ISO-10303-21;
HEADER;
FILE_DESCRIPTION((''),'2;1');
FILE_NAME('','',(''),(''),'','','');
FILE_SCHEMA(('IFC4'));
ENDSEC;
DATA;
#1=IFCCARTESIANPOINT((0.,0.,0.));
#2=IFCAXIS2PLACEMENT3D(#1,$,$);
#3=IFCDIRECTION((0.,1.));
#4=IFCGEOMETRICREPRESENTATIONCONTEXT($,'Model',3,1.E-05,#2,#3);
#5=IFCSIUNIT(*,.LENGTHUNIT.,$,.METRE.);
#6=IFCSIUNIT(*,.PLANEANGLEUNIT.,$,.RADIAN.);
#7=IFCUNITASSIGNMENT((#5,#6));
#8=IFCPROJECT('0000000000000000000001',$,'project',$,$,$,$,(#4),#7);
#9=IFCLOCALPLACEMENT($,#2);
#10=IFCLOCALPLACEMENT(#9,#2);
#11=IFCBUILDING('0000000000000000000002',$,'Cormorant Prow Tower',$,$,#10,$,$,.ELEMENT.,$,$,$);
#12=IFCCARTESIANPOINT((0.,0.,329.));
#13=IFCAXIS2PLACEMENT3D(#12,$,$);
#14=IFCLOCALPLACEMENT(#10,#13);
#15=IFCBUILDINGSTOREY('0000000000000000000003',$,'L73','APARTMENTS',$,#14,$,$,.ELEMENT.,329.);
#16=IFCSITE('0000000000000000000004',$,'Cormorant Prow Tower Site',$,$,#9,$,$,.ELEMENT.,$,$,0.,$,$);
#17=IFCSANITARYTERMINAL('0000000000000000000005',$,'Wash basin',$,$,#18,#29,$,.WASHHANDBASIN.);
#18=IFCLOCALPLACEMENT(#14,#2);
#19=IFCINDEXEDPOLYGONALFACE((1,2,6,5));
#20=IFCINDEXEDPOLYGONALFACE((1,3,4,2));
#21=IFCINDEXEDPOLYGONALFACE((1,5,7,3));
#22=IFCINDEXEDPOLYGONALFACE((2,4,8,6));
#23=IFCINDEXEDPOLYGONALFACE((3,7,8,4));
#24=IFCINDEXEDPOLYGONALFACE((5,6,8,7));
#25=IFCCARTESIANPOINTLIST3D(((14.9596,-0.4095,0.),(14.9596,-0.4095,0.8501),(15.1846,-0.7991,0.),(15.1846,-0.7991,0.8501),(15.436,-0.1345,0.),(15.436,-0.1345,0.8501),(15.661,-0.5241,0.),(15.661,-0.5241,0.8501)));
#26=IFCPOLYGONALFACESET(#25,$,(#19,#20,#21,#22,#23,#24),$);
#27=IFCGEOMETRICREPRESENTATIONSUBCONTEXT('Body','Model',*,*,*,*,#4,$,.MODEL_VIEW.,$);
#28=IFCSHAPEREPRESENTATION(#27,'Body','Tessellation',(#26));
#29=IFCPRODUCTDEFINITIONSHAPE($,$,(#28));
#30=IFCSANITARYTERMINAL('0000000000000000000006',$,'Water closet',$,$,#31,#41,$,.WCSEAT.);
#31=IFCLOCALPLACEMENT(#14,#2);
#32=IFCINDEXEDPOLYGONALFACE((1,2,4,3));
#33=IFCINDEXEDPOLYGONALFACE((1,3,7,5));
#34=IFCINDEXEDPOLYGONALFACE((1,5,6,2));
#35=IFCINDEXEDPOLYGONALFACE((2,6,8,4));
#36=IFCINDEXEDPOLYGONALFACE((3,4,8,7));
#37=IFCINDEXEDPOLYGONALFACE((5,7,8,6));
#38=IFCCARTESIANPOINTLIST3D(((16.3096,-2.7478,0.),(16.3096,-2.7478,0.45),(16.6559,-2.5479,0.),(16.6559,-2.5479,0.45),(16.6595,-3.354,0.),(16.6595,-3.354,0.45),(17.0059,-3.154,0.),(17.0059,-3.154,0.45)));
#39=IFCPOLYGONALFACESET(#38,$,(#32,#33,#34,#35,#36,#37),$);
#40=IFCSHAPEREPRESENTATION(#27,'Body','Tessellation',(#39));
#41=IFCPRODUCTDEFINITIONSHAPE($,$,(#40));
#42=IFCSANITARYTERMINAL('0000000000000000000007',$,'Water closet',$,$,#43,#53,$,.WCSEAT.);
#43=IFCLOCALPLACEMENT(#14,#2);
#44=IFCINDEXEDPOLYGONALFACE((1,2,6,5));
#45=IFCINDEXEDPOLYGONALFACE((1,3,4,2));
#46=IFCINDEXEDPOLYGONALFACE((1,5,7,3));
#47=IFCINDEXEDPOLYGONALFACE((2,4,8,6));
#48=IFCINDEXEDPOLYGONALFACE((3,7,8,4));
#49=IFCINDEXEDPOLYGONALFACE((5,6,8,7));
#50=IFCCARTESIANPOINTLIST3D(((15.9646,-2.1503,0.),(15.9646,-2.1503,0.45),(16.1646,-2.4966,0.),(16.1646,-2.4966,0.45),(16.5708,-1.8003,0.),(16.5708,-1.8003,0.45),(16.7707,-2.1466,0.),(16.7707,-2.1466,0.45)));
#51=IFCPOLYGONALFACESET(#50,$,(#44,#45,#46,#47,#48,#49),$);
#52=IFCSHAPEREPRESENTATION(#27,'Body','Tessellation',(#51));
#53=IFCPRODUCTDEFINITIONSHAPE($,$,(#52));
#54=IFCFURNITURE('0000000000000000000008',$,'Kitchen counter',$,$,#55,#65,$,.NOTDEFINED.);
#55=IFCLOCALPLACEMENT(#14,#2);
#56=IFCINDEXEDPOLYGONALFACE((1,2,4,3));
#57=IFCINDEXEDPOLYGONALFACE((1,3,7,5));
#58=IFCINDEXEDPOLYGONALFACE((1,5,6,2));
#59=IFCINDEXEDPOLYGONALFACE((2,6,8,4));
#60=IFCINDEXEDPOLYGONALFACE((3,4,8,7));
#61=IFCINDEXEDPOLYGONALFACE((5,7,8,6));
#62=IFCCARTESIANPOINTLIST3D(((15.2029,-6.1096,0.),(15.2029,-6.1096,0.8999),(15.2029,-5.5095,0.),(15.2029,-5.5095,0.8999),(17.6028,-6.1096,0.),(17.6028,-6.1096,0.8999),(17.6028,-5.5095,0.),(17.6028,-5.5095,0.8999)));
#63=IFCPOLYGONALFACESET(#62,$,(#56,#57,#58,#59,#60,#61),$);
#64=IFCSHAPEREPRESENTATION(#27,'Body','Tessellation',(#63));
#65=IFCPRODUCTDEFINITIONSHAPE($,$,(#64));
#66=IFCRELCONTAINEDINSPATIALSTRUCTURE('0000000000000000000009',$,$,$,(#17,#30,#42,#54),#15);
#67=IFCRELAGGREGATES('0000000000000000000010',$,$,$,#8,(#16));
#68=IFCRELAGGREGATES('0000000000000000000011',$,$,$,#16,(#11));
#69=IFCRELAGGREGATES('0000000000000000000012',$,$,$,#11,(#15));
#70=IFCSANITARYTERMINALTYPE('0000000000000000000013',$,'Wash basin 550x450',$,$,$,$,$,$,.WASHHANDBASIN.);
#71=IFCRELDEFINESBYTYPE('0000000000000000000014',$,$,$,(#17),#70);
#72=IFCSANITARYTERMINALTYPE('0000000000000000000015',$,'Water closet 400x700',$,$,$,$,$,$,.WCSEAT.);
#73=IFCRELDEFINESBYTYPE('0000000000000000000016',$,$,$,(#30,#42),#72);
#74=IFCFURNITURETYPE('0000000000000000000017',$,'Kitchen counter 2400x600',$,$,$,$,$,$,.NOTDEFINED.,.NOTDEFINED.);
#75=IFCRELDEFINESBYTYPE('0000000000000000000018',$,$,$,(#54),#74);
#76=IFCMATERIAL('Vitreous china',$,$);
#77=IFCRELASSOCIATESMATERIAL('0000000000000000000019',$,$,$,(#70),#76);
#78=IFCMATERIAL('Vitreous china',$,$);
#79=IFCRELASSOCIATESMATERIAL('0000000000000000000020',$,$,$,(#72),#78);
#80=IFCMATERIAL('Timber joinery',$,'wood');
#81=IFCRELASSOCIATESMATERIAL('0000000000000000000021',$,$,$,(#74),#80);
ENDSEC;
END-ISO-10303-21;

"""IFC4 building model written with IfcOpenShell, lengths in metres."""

from ifc_helpers import new_model, si_unit, direction, frame, origin, origin_2d, place, context, subcontext, project, spatial, rectangle, extrude, material, type_object, element, save


model = new_model("IFC4")

# Units and contexts
model_context = context("Model", 3, precision=1e-05, world=origin(), true_north=direction((0.0, 1.0)))
body_context = subcontext(model_context, "Body", "Model", "MODEL_VIEW")
ifc_project = project(units=[si_unit("LENGTHUNIT", "METRE"), si_unit("PLANEANGLEUNIT", "RADIAN")], contexts=[model_context])

# Site, building, storey
site_placement = place(None, origin())
site = spatial("IfcSite", under=ifc_project, at=site_placement, Name="Cormorant Prow Tower Site", CompositionType="ELEMENT", RefElevation=0.0)
building_placement = place(site_placement, origin())
building = spatial("IfcBuilding", under=site, at=building_placement, Name="Cormorant Prow Tower", CompositionType="ELEMENT")
storey_placement = place(building_placement, frame((0.0, 0.0, 329.0)))
storey = spatial("IfcBuildingStorey", under=building, at=storey_placement, Name="L73", Description="APARTMENTS", CompositionType="ELEMENT", Elevation=329.0)

# Sanitary terminals
ifc_material_1 = material(Name="Vitreous china")
sanitary_terminal_type_1 = type_object("IfcSanitaryTerminalType", Name="Wash basin 550x450", PredefinedType="WASHHANDBASIN", material=ifc_material_1)
for number, where, z_axis, x_axis, name in (
    (1, (15.3103, -0.4668, 0.0), (0.0, 0.0, 1.0), (0.866025, 0.5, 0.0), "Wash basin"),
):
    element("IfcSanitaryTerminal", number, at=place(storey_placement, frame(where, z_axis=z_axis, x_axis=x_axis)), inside=storey, type_object=sanitary_terminal_type_1, Name=name, PredefinedType="WASHHANDBASIN", context=body_context, shape_type="SweptSolid", body=[
        extrude(rectangle(XDim=0.55, YDim=0.45, at=origin_2d()), origin(), (0.0, 0.0, 1.0), 0.8501),
    ])
ifc_material_2 = material(Name="Vitreous china")
sanitary_terminal_type_2 = type_object("IfcSanitaryTerminalType", Name="Water closet 400x700", PredefinedType="WCSEAT", material=ifc_material_2)
for number, where, z_axis, x_axis, name in (
    (2, (16.6577, -2.9509, 0.0), (0.0, 0.0, 1.0), (0.866025, 0.5, 0.0), "Water closet"),
    (3, (16.3677, -2.1484, 0.0), (0.0, 0.0, 1.0), (-0.5, 0.866025, 0.0), "Water closet"),
):
    element("IfcSanitaryTerminal", number, at=place(storey_placement, frame(where, z_axis=z_axis, x_axis=x_axis)), inside=storey, type_object=sanitary_terminal_type_2, Name=name, PredefinedType="WCSEAT", context=body_context, shape_type="SweptSolid", body=[
        extrude(rectangle(XDim=0.3999, YDim=0.7, at=origin_2d()), origin(), (0.0, 0.0, 1.0), 0.45),
    ])

# Furniture
ifc_material_3 = material(Name="Timber joinery", Category="wood")
furniture_type = type_object("IfcFurnitureType", Name="Kitchen counter 2400x600", AssemblyPlace="NOTDEFINED", PredefinedType="NOTDEFINED", material=ifc_material_3)
furniture_placement = place(storey_placement, frame((16.4028, -5.8096, 0.0), z_axis=(0.0, 0.0, 1.0), x_axis=(1.0, 0.0, 0.0)))
element("IfcFurniture", 4, at=furniture_placement, inside=storey, type_object=furniture_type, Name="Kitchen counter", PredefinedType="NOTDEFINED", context=body_context, shape_type="SweptSolid", body=[
    extrude(rectangle(XDim=2.3999, YDim=0.6001, at=origin_2d()), origin(), (0.0, 0.0, 1.0), 0.8999),
])

save(model, "model.ifc")
